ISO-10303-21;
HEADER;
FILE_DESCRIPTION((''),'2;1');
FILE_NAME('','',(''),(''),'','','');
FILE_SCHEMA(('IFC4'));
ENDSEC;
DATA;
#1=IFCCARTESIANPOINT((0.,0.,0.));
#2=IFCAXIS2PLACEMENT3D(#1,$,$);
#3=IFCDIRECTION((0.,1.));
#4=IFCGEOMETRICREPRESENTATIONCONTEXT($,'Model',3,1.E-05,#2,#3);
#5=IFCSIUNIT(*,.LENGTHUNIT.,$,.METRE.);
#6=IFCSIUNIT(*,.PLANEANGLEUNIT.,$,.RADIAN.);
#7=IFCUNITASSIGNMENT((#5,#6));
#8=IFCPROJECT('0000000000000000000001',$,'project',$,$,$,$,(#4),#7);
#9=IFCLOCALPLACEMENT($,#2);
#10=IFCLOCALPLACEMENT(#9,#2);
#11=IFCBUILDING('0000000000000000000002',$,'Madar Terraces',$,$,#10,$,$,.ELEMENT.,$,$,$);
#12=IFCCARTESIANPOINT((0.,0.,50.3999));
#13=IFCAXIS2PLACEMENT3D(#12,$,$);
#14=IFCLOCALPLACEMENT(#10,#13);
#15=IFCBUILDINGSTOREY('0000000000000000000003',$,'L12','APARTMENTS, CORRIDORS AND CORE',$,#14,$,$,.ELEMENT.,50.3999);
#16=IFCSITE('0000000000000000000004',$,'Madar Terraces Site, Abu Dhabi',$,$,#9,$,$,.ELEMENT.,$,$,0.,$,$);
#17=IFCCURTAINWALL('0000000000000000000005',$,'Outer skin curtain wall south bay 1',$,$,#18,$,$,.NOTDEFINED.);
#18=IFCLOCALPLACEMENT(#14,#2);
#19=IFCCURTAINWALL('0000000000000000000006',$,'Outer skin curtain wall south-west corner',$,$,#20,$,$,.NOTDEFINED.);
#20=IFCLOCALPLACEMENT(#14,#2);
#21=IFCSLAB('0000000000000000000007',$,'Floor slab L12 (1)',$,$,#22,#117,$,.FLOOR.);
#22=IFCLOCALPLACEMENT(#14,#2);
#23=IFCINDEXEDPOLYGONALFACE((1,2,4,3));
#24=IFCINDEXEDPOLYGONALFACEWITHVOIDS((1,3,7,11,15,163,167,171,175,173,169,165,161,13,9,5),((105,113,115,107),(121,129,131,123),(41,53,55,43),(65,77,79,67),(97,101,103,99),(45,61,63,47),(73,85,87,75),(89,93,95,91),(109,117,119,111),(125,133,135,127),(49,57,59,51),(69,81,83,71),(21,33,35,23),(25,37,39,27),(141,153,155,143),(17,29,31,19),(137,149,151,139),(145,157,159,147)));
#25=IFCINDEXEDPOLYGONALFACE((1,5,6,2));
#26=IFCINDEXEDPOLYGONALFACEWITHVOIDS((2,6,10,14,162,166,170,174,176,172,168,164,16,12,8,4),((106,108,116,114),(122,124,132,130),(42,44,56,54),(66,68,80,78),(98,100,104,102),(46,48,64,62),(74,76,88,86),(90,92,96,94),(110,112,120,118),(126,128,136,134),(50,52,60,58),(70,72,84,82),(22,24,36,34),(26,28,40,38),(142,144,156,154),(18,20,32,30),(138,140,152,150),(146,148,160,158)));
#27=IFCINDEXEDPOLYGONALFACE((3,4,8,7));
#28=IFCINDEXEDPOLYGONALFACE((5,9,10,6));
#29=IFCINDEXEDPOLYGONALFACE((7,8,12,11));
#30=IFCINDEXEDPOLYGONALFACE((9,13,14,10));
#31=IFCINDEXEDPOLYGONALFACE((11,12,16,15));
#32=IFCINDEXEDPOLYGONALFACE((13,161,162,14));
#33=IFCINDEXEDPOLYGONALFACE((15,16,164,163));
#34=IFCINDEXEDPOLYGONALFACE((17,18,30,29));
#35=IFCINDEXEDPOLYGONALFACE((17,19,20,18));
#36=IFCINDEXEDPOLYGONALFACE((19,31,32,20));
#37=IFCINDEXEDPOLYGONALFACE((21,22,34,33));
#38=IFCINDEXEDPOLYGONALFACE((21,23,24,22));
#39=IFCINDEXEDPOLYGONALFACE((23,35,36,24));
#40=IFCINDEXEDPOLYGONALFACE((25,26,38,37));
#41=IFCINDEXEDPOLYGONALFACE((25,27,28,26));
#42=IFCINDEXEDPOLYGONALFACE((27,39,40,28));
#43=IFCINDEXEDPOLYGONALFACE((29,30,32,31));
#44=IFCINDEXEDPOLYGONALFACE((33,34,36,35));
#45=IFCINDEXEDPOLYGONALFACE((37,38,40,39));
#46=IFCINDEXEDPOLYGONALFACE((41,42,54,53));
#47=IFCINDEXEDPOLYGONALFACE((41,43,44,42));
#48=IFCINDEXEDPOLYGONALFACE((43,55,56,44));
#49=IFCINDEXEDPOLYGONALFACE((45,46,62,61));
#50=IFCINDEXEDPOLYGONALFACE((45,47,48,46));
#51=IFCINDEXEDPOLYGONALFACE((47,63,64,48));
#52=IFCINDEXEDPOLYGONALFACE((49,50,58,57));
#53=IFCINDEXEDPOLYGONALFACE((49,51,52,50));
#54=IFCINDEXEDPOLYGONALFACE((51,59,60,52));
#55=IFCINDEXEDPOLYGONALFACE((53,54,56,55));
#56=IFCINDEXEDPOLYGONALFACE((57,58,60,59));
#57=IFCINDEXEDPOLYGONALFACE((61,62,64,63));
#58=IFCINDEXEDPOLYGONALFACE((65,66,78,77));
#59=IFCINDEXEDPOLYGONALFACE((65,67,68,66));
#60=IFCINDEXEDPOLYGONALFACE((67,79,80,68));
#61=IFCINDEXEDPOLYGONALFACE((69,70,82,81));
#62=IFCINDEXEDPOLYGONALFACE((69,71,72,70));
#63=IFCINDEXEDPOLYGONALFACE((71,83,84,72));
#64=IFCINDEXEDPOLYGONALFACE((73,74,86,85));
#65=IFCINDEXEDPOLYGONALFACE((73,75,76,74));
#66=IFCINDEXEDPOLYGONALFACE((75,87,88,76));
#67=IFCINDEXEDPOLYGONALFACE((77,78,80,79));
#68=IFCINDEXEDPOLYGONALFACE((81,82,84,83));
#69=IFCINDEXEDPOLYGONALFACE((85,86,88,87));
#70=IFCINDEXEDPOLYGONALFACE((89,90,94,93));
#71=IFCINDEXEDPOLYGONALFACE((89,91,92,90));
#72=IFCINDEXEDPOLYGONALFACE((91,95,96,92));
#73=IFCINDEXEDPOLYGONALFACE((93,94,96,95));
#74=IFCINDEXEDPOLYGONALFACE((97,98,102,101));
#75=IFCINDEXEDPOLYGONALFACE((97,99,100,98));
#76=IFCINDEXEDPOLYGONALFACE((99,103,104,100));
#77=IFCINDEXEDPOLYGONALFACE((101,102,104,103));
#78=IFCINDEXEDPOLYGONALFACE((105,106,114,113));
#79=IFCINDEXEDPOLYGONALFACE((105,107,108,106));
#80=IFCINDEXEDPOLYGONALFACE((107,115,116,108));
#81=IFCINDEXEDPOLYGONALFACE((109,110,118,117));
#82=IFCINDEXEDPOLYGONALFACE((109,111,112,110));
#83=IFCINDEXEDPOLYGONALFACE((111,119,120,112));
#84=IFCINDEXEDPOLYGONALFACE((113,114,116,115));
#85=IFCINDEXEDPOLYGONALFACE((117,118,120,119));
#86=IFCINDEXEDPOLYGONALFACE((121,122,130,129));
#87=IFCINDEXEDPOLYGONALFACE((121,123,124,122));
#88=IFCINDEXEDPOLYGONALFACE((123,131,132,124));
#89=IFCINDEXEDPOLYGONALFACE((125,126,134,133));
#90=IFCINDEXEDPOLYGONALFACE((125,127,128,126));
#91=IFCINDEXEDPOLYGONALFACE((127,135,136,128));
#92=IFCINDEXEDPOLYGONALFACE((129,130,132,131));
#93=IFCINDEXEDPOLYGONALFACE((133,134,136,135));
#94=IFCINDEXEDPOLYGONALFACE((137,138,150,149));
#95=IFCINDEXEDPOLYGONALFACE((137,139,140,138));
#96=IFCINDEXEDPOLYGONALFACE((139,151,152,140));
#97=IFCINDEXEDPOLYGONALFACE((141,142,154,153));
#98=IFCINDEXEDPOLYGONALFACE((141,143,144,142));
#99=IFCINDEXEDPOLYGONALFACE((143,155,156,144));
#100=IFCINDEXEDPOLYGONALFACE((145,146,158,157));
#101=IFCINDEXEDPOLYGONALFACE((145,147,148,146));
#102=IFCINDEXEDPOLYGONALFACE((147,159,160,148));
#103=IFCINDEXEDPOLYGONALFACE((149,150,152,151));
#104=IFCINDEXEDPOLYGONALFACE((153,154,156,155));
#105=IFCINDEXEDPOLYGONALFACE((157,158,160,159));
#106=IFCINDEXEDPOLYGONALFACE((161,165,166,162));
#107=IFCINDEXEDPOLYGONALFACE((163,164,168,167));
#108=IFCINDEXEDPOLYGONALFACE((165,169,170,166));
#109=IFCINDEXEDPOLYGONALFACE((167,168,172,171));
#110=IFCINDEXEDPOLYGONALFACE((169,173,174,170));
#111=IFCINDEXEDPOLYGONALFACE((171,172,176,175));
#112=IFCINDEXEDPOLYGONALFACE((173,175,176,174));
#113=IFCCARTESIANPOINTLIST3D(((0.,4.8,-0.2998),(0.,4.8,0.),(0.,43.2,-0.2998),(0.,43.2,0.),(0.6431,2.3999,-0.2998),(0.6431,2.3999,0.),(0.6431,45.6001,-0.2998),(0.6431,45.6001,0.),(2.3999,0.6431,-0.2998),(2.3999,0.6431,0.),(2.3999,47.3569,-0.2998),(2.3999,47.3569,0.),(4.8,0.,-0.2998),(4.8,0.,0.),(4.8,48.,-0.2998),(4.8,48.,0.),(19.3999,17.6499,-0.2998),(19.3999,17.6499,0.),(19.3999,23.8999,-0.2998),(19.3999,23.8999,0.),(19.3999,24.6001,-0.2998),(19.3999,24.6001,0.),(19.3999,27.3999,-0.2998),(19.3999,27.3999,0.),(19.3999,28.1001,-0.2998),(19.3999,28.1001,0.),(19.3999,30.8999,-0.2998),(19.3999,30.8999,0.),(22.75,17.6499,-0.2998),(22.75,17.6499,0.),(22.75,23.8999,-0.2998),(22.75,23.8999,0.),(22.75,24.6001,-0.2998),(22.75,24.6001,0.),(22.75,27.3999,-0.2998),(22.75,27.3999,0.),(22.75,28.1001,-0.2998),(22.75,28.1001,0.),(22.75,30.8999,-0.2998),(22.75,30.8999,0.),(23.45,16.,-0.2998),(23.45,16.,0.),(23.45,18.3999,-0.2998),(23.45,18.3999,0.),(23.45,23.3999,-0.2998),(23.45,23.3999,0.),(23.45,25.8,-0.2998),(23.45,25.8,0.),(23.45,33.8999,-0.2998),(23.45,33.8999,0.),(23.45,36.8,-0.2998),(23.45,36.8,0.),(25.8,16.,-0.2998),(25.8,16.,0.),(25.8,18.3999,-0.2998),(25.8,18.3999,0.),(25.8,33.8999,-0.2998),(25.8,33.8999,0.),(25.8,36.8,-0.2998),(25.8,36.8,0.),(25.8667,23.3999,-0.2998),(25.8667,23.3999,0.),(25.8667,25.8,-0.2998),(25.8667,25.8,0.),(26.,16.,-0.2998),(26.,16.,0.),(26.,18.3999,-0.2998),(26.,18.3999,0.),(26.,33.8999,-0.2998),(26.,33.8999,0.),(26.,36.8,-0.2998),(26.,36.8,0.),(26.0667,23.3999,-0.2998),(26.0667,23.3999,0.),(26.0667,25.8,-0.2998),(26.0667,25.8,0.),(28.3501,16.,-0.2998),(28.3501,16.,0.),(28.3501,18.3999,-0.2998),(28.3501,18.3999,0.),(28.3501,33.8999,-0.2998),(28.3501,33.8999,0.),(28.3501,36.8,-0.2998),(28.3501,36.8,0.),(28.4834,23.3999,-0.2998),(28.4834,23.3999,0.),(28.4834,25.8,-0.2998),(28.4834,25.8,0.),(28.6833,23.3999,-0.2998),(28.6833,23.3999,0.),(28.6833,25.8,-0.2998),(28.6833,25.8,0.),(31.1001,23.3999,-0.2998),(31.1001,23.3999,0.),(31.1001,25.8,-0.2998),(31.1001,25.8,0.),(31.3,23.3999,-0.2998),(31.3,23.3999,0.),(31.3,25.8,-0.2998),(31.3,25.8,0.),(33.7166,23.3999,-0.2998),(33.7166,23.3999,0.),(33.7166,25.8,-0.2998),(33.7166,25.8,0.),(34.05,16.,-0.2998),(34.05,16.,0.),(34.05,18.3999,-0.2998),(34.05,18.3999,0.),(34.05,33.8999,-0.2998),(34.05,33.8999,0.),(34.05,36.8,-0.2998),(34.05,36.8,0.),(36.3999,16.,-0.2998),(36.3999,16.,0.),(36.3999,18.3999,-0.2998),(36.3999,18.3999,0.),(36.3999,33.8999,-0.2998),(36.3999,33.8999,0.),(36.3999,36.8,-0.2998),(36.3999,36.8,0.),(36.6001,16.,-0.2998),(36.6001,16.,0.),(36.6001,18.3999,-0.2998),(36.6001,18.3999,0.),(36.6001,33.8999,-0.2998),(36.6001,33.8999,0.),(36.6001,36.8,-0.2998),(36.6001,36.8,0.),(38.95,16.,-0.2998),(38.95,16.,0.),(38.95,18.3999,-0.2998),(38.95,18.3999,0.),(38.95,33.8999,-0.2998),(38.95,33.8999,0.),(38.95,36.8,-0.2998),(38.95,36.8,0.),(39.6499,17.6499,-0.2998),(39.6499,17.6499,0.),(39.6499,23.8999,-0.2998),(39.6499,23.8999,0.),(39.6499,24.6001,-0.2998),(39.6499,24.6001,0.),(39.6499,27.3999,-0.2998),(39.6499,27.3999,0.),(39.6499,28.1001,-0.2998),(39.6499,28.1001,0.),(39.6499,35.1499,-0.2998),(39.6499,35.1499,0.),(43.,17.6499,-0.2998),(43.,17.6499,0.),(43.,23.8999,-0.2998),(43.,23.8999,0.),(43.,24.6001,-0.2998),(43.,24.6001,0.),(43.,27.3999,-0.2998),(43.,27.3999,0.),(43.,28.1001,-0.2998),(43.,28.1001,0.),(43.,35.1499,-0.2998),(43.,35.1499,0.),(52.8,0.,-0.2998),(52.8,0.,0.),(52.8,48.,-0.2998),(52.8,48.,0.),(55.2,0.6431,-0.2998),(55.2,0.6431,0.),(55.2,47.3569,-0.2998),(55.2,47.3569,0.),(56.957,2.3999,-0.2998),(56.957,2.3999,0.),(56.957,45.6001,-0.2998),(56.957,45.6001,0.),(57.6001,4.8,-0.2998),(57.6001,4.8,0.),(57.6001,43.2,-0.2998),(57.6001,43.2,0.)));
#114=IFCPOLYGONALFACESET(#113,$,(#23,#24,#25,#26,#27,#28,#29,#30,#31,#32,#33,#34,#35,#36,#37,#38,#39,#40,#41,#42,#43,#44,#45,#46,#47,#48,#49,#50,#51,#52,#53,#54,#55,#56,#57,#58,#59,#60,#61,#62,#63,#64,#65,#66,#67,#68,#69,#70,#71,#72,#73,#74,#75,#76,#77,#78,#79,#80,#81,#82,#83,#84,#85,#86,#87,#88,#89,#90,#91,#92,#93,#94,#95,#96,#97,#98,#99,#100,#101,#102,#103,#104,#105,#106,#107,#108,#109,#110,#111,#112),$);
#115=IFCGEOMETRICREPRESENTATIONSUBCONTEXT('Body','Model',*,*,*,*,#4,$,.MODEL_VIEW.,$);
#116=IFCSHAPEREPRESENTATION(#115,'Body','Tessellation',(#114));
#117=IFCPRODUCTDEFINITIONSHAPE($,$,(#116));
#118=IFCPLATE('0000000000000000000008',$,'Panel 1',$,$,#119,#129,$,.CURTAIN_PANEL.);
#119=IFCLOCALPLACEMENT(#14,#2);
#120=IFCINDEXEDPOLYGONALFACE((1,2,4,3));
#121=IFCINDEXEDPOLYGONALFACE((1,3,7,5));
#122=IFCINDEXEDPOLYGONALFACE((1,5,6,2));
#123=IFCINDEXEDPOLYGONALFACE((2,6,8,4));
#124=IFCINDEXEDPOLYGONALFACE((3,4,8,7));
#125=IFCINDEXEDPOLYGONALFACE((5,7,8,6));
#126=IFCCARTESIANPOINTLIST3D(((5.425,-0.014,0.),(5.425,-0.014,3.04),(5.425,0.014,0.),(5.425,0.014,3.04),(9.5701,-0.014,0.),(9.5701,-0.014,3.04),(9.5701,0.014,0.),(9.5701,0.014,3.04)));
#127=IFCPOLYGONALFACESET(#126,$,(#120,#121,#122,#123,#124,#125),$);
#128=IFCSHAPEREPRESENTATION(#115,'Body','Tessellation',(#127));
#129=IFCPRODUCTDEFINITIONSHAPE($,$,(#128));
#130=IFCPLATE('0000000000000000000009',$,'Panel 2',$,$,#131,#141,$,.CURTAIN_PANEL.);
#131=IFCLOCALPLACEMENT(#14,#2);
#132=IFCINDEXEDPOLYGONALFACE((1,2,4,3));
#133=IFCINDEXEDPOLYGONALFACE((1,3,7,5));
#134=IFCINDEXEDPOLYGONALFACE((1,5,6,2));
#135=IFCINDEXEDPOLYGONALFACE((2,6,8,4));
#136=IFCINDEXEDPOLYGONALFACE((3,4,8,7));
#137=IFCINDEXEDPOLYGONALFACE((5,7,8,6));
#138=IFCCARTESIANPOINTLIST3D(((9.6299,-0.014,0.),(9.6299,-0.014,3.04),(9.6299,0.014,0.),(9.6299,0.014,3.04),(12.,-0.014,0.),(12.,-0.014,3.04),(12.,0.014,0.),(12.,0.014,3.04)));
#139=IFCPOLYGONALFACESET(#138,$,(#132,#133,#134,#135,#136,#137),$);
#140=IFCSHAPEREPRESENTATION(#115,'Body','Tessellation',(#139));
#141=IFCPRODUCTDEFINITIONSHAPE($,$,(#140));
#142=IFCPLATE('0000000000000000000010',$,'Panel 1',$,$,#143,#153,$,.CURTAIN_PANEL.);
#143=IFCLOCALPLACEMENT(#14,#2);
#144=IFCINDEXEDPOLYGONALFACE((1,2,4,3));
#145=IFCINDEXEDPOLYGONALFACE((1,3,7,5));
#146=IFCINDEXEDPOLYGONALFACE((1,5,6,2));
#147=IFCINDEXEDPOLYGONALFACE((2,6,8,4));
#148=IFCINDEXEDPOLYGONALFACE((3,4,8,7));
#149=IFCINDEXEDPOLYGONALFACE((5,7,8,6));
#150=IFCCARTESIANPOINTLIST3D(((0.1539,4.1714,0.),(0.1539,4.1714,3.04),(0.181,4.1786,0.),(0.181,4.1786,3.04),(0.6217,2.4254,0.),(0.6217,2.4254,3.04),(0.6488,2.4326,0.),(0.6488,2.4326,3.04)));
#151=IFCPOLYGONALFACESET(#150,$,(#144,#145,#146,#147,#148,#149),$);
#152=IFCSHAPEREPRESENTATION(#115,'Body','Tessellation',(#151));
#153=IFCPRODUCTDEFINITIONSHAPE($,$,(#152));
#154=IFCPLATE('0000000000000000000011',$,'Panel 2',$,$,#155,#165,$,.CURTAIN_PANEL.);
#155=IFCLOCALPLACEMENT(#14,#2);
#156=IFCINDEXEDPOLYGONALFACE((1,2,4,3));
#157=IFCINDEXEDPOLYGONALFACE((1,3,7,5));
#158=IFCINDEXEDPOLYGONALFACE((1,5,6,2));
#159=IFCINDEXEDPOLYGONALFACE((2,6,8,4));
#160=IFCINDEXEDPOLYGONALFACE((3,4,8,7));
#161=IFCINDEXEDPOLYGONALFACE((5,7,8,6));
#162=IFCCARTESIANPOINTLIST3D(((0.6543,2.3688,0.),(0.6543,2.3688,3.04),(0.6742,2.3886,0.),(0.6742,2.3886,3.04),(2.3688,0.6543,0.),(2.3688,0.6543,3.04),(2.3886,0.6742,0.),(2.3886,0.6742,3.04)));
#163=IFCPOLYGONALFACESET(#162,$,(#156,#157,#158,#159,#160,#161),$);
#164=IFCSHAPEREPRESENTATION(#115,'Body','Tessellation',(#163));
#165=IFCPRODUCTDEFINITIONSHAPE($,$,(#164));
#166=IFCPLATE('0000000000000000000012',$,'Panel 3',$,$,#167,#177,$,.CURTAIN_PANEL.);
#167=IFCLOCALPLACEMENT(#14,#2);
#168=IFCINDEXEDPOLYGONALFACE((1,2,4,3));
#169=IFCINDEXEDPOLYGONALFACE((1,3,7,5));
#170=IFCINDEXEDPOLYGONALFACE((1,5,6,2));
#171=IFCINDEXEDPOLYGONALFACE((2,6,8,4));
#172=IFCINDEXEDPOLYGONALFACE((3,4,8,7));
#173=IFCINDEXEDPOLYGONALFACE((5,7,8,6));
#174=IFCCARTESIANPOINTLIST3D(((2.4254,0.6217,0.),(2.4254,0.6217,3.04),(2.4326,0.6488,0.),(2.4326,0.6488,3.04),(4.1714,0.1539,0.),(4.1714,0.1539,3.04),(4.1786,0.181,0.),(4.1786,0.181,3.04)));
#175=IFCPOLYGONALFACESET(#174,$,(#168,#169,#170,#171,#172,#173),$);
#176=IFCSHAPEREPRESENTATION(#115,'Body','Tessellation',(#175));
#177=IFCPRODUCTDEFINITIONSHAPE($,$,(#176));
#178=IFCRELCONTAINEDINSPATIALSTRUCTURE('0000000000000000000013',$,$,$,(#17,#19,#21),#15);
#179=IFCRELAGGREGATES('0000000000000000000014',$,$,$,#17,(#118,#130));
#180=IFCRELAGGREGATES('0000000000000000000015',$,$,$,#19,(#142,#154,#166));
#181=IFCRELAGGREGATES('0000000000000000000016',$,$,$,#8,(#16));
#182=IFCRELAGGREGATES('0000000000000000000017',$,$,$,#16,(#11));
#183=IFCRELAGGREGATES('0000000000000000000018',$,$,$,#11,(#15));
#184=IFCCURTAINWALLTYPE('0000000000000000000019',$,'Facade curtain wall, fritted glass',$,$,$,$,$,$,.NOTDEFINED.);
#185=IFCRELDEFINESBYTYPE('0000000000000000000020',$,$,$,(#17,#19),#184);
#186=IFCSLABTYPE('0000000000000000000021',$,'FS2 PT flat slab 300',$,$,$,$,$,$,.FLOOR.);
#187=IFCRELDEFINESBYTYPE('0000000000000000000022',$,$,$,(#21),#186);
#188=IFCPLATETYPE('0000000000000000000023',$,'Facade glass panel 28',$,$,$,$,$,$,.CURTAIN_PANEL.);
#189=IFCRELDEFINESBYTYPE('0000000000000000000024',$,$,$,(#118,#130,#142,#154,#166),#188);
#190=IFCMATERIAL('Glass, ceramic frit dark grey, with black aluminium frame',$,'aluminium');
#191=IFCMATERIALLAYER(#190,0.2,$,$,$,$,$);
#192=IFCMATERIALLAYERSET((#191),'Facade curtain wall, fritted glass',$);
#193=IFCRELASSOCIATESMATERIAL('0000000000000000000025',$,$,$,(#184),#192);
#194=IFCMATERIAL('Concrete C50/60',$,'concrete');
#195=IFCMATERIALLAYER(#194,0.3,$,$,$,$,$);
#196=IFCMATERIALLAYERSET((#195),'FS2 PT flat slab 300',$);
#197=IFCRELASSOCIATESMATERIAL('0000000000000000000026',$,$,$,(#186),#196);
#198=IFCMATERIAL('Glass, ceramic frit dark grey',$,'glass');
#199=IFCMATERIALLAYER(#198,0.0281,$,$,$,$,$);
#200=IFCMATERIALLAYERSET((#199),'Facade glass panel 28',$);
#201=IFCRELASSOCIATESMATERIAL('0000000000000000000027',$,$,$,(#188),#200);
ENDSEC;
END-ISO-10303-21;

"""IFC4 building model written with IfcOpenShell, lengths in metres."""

from ifc_helpers import new_model, si_unit, direction, frame, origin, origin_2d, place, context, subcontext, project, spatial, polyline, rectangle, outline, extrude, material, layer, layer_set, type_object, element, aggregate, save


model = new_model("IFC4")

# Units and contexts
model_context = context("Model", 3, precision=1e-05, world=origin(), true_north=direction((0.0, 1.0)))
body_context = subcontext(model_context, "Body", "Model", "MODEL_VIEW")
ifc_project = project(units=[si_unit("LENGTHUNIT", "METRE"), si_unit("PLANEANGLEUNIT", "RADIAN")], contexts=[model_context])

# Site, building, storey
site_placement = place(None, origin())
site = spatial("IfcSite", under=ifc_project, at=site_placement, Name="Madar Terraces Site, Abu Dhabi", CompositionType="ELEMENT", RefElevation=0.0)
building_placement = place(site_placement, origin())
building = spatial("IfcBuilding", under=site, at=building_placement, Name="Madar Terraces", CompositionType="ELEMENT")
storey_placement = place(building_placement, frame((0.0, 0.0, 50.3999)))
storey = spatial("IfcBuildingStorey", under=building, at=storey_placement, Name="L12", Description="APARTMENTS, CORRIDORS AND CORE", CompositionType="ELEMENT", Elevation=50.3999)

# Curtain wall
ifc_material_1 = material(Name="Glass, ceramic frit dark grey, with black aluminium frame", Category="aluminium")
ifc_layer_1 = layer(ifc_material_1, 0.2)
ifc_layer_set_1 = layer_set([ifc_layer_1], Name="Facade curtain wall, fritted glass")
curtain_wall_type = type_object("IfcCurtainWallType", Name="Facade curtain wall, fritted glass", PredefinedType="NOTDEFINED", material=ifc_layer_set_1)
curtain_wall_1_placement = place(storey_placement, origin())
curtain_wall_1 = element("IfcCurtainWall", 1, at=curtain_wall_1_placement, inside=storey, type_object=curtain_wall_type, Name="Outer skin curtain wall south bay 1", PredefinedType="NOTDEFINED")

# Curtain wall
curtain_wall_2_placement = place(storey_placement, origin())
curtain_wall_2 = element("IfcCurtainWall", 2, at=curtain_wall_2_placement, inside=storey, type_object=curtain_wall_type, Name="Outer skin curtain wall south-west corner", PredefinedType="NOTDEFINED")

# Slab
ifc_material_2 = material(Name="Concrete C50/60", Category="concrete")
ifc_layer_2 = layer(ifc_material_2, 0.3)
ifc_layer_set_2 = layer_set([ifc_layer_2], Name="FS2 PT flat slab 300")
slab_type_1 = type_object("IfcSlabType", Name="FS2 PT flat slab 300", PredefinedType="FLOOR", material=ifc_layer_set_2)
slab_1_placement = place(storey_placement, frame((0.0, 0.0, -0.2998)))
element("IfcSlab", 3, at=slab_1_placement, inside=storey, type_object=slab_type_1, Name="Floor slab L12 (1)", PredefinedType="FLOOR", context=body_context, shape_type="SweptSolid", body=[
    extrude(outline(polyline([(52.8, 0.0), (55.2, 0.6431), (56.957, 2.3999), (57.6001, 4.8), (57.6001, 43.2), (56.957, 45.6001), (55.2, 47.3569), (52.8, 48.0), (4.8, 48.0), (2.3999, 47.3569), (0.6431, 45.6001), (0.0, 43.2), (0.0, 4.8), (0.6431, 2.3999), (2.3999, 0.6431), (4.8, 0.0), (52.8, 0.0)]), holes=[polyline([(23.45, 16.0), (23.45, 18.3999), (25.8, 18.3999), (25.8, 16.0), (23.45, 16.0)]), polyline([(26.0, 16.0), (26.0, 18.3999), (28.3501, 18.3999), (28.3501, 16.0), (26.0, 16.0)]), polyline([(19.3999, 17.6499), (19.3999, 23.8999), (22.75, 23.8999), (22.75, 17.6499), (19.3999, 17.6499)]), polyline([(23.45, 23.3999), (23.45, 25.8), (25.8667, 25.8), (25.8667, 23.3999), (23.45, 23.3999)]), polyline([(26.0667, 23.3999), (26.0667, 25.8), (28.4834, 25.8), (28.4834, 23.3999), (26.0667, 23.3999)]), polyline([(19.3999, 24.6001), (19.3999, 27.3999), (22.75, 27.3999), (22.75, 24.6001), (19.3999, 24.6001)]), polyline([(19.3999, 28.1001), (19.3999, 30.8999), (22.75, 30.8999), (22.75, 28.1001), (19.3999, 28.1001)]), polyline([(23.45, 36.8), (25.8, 36.8), (25.8, 33.8999), (23.45, 33.8999), (23.45, 36.8)]), polyline([(26.0, 36.8), (28.3501, 36.8), (28.3501, 33.8999), (26.0, 33.8999), (26.0, 36.8)]), polyline([(34.05, 16.0), (34.05, 18.3999), (36.3999, 18.3999), (36.3999, 16.0), (34.05, 16.0)]), polyline([(36.6001, 16.0), (36.6001, 18.3999), (38.95, 18.3999), (38.95, 16.0), (36.6001, 16.0)]), polyline([(39.6499, 17.6499), (39.6499, 23.8999), (43.0, 23.8999), (43.0, 17.6499), (39.6499, 17.6499)]), polyline([(28.6833, 23.3999), (28.6833, 25.8), (31.1001, 25.8), (31.1001, 23.3999), (28.6833, 23.3999)]), polyline([(31.3, 23.3999), (31.3, 25.8), (33.7166, 25.8), (33.7166, 23.3999), (31.3, 23.3999)]), polyline([(39.6499, 24.6001), (39.6499, 27.3999), (43.0, 27.3999), (43.0, 24.6001), (39.6499, 24.6001)]), polyline([(39.6499, 28.1001), (39.6499, 35.1499), (43.0, 35.1499), (43.0, 28.1001), (39.6499, 28.1001)]), polyline([(34.05, 36.8), (36.3999, 36.8), (36.3999, 33.8999), (34.05, 33.8999), (34.05, 36.8)]), polyline([(36.6001, 36.8), (38.95, 36.8), (38.95, 33.8999), (36.6001, 33.8999), (36.6001, 36.8)])]), origin(), (0.0, 0.0, 1.0), 0.2998),
])

# Plates
ifc_material_3 = material(Name="Glass, ceramic frit dark grey", Category="glass")
ifc_layer_3 = layer(ifc_material_3, 0.0281)
ifc_layer_set_3 = layer_set([ifc_layer_3], Name="Facade glass panel 28")
plate_type = type_object("IfcPlateType", Name="Facade glass panel 28", PredefinedType="CURTAIN_PANEL", material=ifc_layer_set_3)
plate_1_placement = place(storey_placement, frame((7.4976, 0.0, 0.0), z_axis=(0.0, 0.0, 1.0), x_axis=(1.0, 0.0, 0.0)))
plate_1 = element("IfcPlate", 4, at=plate_1_placement, type_object=plate_type, Name="Panel 1", PredefinedType="CURTAIN_PANEL", context=body_context, shape_type="SweptSolid", body=[
    extrude(rectangle(XDim=4.145, YDim=0.0281, at=origin_2d()), origin(), (0.0, 0.0, 1.0), 3.04),
])
plate_2_placement = place(storey_placement, frame((10.8149, 0.0, 0.0), z_axis=(0.0, 0.0, 1.0), x_axis=(1.0, 0.0, 0.0)))
plate_2 = element("IfcPlate", 5, at=plate_2_placement, type_object=plate_type, Name="Panel 2", PredefinedType="CURTAIN_PANEL", context=body_context, shape_type="SweptSolid", body=[
    extrude(rectangle(XDim=2.3701, YDim=0.0281, at=origin_2d()), origin(), (0.0, 0.0, 1.0), 3.04),
])
aggregate(curtain_wall_1, [plate_1, plate_2])
plate_3_placement = place(storey_placement, frame((0.4014, 3.302, 0.0), z_axis=(0.0, 0.0, 1.0), x_axis=(0.258819, -0.965926, 0.0)))
plate_3 = element("IfcPlate", 6, at=plate_3_placement, type_object=plate_type, Name="Panel 1", PredefinedType="CURTAIN_PANEL", context=body_context, shape_type="SweptSolid", body=[
    extrude(rectangle(XDim=1.8076, YDim=0.0281, at=origin_2d()), origin(), (0.0, 0.0, 1.0), 3.04),
])
plate_4_placement = place(storey_placement, frame((1.5215, 1.5215, 0.0), z_axis=(0.0, 0.0, 1.0), x_axis=(0.707107, -0.707107, 0.0)))
plate_4 = element("IfcPlate", 7, at=plate_4_placement, type_object=plate_type, Name="Panel 2", PredefinedType="CURTAIN_PANEL", context=body_context, shape_type="SweptSolid", body=[
    extrude(rectangle(XDim=2.4246, YDim=0.0281, at=origin_2d()), origin(), (0.0, 0.0, 1.0), 3.04),
])
plate_5_placement = place(storey_placement, frame((3.302, 0.4014, 0.0), z_axis=(0.0, 0.0, 1.0), x_axis=(0.965926, -0.258819, 0.0)))
plate_5 = element("IfcPlate", 8, at=plate_5_placement, type_object=plate_type, Name="Panel 3", PredefinedType="CURTAIN_PANEL", context=body_context, shape_type="SweptSolid", body=[
    extrude(rectangle(XDim=1.8076, YDim=0.0281, at=origin_2d()), origin(), (0.0, 0.0, 1.0), 3.04),
])
aggregate(curtain_wall_2, [plate_3, plate_4, plate_5])

save(model, "model.ifc")
